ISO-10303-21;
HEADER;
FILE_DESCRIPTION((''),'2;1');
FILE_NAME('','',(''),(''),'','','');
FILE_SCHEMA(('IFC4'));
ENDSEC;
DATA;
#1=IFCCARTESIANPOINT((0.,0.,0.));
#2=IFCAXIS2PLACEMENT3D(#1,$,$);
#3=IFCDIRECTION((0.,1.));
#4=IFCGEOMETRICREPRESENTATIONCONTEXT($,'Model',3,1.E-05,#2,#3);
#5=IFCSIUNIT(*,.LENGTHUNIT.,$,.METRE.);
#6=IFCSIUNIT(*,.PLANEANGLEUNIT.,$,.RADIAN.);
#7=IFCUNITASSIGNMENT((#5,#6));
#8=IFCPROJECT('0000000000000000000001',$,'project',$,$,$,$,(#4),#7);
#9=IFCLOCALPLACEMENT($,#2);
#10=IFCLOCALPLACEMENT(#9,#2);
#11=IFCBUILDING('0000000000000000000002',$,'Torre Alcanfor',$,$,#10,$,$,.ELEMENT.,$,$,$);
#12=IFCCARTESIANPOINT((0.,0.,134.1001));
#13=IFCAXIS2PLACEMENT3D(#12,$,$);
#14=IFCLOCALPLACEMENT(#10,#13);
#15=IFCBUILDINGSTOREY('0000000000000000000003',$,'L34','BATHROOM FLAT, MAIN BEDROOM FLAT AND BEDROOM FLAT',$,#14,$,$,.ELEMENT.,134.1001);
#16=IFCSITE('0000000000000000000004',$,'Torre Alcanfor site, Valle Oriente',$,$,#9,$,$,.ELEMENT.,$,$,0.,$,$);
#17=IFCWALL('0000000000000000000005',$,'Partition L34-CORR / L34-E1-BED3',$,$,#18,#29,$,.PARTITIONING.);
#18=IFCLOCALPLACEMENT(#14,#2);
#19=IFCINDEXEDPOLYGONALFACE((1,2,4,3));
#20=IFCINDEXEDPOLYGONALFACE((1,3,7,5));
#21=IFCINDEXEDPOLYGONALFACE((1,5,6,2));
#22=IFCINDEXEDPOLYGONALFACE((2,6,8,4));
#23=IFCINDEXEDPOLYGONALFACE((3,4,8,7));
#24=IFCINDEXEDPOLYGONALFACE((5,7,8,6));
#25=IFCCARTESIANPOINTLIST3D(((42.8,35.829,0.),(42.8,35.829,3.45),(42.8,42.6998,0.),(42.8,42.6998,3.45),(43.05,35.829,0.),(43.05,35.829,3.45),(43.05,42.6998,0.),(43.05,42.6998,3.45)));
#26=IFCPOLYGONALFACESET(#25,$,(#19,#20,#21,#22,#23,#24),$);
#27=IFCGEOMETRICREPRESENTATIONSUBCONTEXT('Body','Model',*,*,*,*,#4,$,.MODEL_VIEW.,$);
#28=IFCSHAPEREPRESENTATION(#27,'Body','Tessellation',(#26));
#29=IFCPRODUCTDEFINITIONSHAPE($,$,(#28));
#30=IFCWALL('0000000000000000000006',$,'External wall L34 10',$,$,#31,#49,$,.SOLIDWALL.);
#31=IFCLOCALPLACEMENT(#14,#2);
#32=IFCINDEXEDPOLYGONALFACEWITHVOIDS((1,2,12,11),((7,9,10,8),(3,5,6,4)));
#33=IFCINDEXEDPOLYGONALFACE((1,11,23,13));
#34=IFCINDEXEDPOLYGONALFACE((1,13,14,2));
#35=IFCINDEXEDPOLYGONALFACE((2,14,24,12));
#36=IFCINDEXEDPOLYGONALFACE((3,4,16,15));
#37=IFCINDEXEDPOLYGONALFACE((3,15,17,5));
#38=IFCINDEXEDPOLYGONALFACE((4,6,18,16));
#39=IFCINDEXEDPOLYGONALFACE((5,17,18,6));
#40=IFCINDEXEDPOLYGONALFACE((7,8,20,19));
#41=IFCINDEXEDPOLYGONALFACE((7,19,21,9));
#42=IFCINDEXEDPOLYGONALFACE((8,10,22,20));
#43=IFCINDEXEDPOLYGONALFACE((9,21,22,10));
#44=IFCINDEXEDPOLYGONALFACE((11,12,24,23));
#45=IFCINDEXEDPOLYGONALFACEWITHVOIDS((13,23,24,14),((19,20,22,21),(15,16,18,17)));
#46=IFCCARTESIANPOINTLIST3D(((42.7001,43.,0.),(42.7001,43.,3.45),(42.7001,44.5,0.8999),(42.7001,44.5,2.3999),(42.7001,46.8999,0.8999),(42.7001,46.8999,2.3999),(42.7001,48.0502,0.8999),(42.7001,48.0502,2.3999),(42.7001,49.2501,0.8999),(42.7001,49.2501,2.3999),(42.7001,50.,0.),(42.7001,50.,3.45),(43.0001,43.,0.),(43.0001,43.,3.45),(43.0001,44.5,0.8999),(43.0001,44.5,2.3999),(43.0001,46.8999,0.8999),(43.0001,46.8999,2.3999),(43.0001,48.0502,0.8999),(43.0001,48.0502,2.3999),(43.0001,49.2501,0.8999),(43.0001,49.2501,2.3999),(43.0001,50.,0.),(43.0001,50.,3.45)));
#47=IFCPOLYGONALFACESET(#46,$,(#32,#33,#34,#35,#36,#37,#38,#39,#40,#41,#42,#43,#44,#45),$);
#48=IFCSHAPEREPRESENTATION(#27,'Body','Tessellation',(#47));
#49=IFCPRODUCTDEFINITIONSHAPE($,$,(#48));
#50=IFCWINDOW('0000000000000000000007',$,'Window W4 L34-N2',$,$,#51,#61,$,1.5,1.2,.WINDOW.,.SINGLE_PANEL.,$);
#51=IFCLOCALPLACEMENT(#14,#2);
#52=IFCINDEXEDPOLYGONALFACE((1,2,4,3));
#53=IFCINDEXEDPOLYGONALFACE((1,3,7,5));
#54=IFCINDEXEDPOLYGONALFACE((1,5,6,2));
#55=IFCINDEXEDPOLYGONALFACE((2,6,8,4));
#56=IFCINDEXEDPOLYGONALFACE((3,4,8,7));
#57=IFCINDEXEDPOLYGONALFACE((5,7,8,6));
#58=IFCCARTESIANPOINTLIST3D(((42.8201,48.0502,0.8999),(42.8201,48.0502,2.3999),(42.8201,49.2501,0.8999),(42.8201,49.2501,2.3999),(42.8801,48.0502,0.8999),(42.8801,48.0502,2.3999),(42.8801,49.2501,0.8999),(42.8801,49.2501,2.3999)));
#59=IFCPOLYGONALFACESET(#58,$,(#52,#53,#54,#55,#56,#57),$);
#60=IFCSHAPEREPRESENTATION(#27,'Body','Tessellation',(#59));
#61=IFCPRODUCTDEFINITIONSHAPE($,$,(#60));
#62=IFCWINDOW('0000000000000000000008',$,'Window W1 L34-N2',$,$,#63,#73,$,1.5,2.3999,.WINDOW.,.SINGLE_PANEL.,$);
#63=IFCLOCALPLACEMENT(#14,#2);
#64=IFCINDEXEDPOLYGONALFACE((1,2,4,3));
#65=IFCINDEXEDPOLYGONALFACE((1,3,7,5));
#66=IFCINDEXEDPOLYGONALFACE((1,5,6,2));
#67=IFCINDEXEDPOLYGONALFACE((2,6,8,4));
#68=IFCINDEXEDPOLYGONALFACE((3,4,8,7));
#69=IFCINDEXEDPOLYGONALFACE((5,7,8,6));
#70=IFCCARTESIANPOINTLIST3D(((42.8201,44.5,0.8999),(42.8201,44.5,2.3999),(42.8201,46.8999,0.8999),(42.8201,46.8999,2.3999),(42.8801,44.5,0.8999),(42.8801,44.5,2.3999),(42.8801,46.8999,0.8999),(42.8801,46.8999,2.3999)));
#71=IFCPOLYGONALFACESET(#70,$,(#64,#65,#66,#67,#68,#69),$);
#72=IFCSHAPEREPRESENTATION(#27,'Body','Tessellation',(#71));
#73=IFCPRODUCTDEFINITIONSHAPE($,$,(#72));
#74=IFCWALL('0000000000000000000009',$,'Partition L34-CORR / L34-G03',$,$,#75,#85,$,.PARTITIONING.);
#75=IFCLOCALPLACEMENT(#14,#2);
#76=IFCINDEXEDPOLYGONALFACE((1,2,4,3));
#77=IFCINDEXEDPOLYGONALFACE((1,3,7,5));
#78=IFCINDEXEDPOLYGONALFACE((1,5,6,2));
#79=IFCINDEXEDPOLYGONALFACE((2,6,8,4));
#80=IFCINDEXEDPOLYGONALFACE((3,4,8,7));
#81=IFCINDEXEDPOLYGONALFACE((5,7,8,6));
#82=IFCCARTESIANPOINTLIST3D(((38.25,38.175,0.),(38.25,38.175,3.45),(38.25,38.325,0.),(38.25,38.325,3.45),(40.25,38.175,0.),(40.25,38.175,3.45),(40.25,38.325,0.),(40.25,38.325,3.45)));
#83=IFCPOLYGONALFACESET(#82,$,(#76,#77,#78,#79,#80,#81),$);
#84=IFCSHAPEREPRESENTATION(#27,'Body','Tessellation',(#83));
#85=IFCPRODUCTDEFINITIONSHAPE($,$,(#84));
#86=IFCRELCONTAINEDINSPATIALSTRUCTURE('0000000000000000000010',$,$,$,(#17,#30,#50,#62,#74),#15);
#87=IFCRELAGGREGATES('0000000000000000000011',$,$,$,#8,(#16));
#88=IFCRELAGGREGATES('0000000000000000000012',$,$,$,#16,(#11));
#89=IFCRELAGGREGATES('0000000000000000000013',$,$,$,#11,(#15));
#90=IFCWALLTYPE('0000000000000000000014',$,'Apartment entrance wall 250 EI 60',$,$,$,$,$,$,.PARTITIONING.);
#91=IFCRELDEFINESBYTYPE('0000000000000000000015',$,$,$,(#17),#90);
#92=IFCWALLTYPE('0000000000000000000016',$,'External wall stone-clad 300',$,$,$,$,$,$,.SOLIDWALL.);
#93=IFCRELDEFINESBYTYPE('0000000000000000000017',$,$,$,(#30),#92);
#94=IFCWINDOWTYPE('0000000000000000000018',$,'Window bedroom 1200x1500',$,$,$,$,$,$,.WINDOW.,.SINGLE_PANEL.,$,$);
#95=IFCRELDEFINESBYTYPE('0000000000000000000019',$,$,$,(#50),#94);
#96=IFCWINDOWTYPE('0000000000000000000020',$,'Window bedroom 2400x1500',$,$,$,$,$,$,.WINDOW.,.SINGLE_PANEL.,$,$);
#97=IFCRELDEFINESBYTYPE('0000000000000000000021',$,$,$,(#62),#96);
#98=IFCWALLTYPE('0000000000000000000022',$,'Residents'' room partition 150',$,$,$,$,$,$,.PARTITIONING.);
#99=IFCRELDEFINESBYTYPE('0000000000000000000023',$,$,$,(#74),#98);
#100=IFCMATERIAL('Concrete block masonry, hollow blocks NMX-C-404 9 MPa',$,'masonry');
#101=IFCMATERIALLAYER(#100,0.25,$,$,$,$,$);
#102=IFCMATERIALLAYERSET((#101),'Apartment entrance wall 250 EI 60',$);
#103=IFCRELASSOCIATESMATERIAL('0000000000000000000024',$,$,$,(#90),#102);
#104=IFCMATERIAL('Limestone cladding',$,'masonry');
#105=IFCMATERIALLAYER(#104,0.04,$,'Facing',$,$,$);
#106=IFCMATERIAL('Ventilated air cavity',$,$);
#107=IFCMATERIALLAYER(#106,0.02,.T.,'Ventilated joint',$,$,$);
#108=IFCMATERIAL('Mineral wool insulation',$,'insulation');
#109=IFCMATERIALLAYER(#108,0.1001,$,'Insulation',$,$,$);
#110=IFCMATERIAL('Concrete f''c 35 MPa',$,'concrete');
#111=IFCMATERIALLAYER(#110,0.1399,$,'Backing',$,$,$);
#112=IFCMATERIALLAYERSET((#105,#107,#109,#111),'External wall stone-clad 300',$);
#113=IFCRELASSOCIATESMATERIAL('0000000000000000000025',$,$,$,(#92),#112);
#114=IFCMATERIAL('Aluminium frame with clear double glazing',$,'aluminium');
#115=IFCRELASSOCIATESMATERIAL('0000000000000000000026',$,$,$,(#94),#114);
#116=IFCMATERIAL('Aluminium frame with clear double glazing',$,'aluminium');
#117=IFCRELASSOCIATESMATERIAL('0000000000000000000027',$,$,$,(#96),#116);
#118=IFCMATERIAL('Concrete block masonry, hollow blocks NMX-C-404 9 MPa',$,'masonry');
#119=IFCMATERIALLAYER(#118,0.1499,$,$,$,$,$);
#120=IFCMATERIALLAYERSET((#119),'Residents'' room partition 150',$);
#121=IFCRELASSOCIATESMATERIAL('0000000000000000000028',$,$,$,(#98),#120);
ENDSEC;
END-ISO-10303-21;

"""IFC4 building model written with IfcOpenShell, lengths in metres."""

from ifc_helpers import new_model, si_unit, direction, frame, frame_2d, origin, place, context, subcontext, project, spatial, rectangle, extrude, material, layer, layer_set, type_object, element, fill, save


model = new_model("IFC4")

# Units and contexts
model_context = context("Model", 3, precision=1e-05, world=origin(), true_north=direction((0.0, 1.0)))
body_context = subcontext(model_context, "Body", "Model", "MODEL_VIEW")
ifc_project = project(units=[si_unit("LENGTHUNIT", "METRE"), si_unit("PLANEANGLEUNIT", "RADIAN")], contexts=[model_context])

# Site, building, storey
site_placement = place(None, origin())
site = spatial("IfcSite", under=ifc_project, at=site_placement, Name="Torre Alcanfor site, Valle Oriente", CompositionType="ELEMENT", RefElevation=0.0)
building_placement = place(site_placement, origin())
building = spatial("IfcBuilding", under=site, at=building_placement, Name="Torre Alcanfor", CompositionType="ELEMENT")
storey_placement = place(building_placement, frame((0.0, 0.0, 134.1001)))
storey = spatial("IfcBuildingStorey", under=building, at=storey_placement, Name="L34", Description="BATHROOM FLAT, MAIN BEDROOM FLAT AND BEDROOM FLAT", CompositionType="ELEMENT", Elevation=134.1001)

# Wall
ifc_material_1 = material(Name="Concrete block masonry, hollow blocks NMX-C-404 9 MPa", Category="masonry")
ifc_layer_1 = layer(ifc_material_1, 0.25)
ifc_layer_set_1 = layer_set([ifc_layer_1], Name="Apartment entrance wall 250 EI 60")
wall_type_1 = type_object("IfcWallType", Name="Apartment entrance wall 250 EI 60", PredefinedType="PARTITIONING", material=ifc_layer_set_1)
wall_1_placement = place(storey_placement, frame((42.925, 42.7, 0.0), z_axis=(0.0, 0.0, 1.0), x_axis=(0.0, -1.0, 0.0)))
element("IfcWall", 1, at=wall_1_placement, inside=storey, type_object=wall_type_1, Name="Partition L34-CORR / L34-E1-BED3", PredefinedType="PARTITIONING", context=body_context, shape_type="SweptSolid", body=[
    extrude(rectangle(XDim=6.8708, YDim=0.25, at=frame_2d((3.4355, 0.0))), origin(), (0.0, 0.0, 1.0), 3.45),
])

# Wall, openings, windows
ifc_material_2 = material(Name="Limestone cladding", Category="masonry")
ifc_layer_2 = layer(ifc_material_2, 0.04, Name="Facing")
ifc_material_3 = material(Name="Ventilated air cavity")
ifc_layer_3 = layer(ifc_material_3, 0.02, ventilated=True, Name="Ventilated joint")
ifc_material_4 = material(Name="Mineral wool insulation", Category="insulation")
ifc_layer_4 = layer(ifc_material_4, 0.1001, Name="Insulation")
ifc_material_5 = material(Name="Concrete f'c 35 MPa", Category="concrete")
ifc_layer_5 = layer(ifc_material_5, 0.1399, Name="Backing")
ifc_layer_set_2 = layer_set([ifc_layer_2, ifc_layer_3, ifc_layer_4, ifc_layer_5], Name="External wall stone-clad 300")
wall_type_2 = type_object("IfcWallType", Name="External wall stone-clad 300", PredefinedType="SOLIDWALL", material=ifc_layer_set_2)
wall_2_placement = place(storey_placement, frame((42.8501, 43.0, 0.0), z_axis=(0.0, 0.0, 1.0), x_axis=(0.0, 1.0, 0.0)))
wall_2 = element("IfcWall", 2, at=wall_2_placement, inside=storey, type_object=wall_type_2, Name="External wall L34 10", PredefinedType="SOLIDWALL", context=body_context, shape_type="SweptSolid", body=[
    extrude(rectangle(XDim=7.0, YDim=0.3, at=frame_2d((3.5, 0.0))), origin(), (0.0, 0.0, 1.0), 3.45),
])
opening_1_placement = place(wall_2_placement, frame((1.5, 0.0, 0.8999)))
opening_1 = element("IfcOpeningElement", 3, at=opening_1_placement, cuts=wall_2, PredefinedType="OPENING", context=body_context, shape_type="SweptSolid", body=[
    extrude(rectangle(XDim=2.3999, YDim=1.5, at=frame_2d((1.2, 0.75))), frame((0.0, 0.1599, 0.0), z_axis=(0.0, -1.0, 0.0), x_axis=(1.0, 0.0, 0.0)), (0.0, 0.0, 1.0), 0.3201),
])
opening_2_placement = place(wall_2_placement, frame((5.05, 0.0, 0.8999)))
opening_2 = element("IfcOpeningElement", 4, at=opening_2_placement, cuts=wall_2, PredefinedType="OPENING", context=body_context, shape_type="SweptSolid", body=[
    extrude(rectangle(XDim=1.2, YDim=1.5, at=frame_2d((0.6001, 0.75))), frame((0.0, 0.1599, 0.0), z_axis=(0.0, -1.0, 0.0), x_axis=(1.0, 0.0, 0.0)), (0.0, 0.0, 1.0), 0.3201),
])
ifc_material_6 = material(Name="Aluminium frame with clear double glazing", Category="aluminium")
window_type_1 = type_object("IfcWindowType", Name="Window bedroom 1200x1500", PartitioningType="SINGLE_PANEL", PredefinedType="WINDOW", material=ifc_material_6)
window_1_placement = place(opening_2_placement, origin())
window_1 = element("IfcWindow", 5, at=window_1_placement, inside=storey, type_object=window_type_1, Name="Window W4 L34-N2", OverallHeight=1.5, OverallWidth=1.2, PartitioningType="SINGLE_PANEL", PredefinedType="WINDOW", context=body_context, shape_type="SweptSolid", body=[
    extrude(rectangle(XDim=1.2, YDim=1.5, at=frame_2d((0.6001, 0.75))), frame((0.0, 0.03, 0.0), z_axis=(0.0, -1.0, 0.0), x_axis=(1.0, 0.0, 0.0)), (0.0, 0.0, 1.0), 0.0601),
])
fill(opening_2, window_1)
ifc_material_7 = material(Name="Aluminium frame with clear double glazing", Category="aluminium")
window_type_2 = type_object("IfcWindowType", Name="Window bedroom 2400x1500", PartitioningType="SINGLE_PANEL", PredefinedType="WINDOW", material=ifc_material_7)
window_2_placement = place(opening_1_placement, origin())
window_2 = element("IfcWindow", 6, at=window_2_placement, inside=storey, type_object=window_type_2, Name="Window W1 L34-N2", OverallHeight=1.5, OverallWidth=2.3999, PartitioningType="SINGLE_PANEL", PredefinedType="WINDOW", context=body_context, shape_type="SweptSolid", body=[
    extrude(rectangle(XDim=2.3999, YDim=1.5, at=frame_2d((1.2, 0.75))), frame((0.0, 0.03, 0.0), z_axis=(0.0, -1.0, 0.0), x_axis=(1.0, 0.0, 0.0)), (0.0, 0.0, 1.0), 0.0601),
])
fill(opening_1, window_2)

# Wall
ifc_material_8 = material(Name="Concrete block masonry, hollow blocks NMX-C-404 9 MPa", Category="masonry")
ifc_layer_6 = layer(ifc_material_8, 0.1499)
ifc_layer_set_3 = layer_set([ifc_layer_6], Name="Residents' room partition 150")
wall_type_3 = type_object("IfcWallType", Name="Residents' room partition 150", PredefinedType="PARTITIONING", material=ifc_layer_set_3)
wall_3_placement = place(storey_placement, frame((40.25, 38.25, 0.0), z_axis=(0.0, 0.0, 1.0), x_axis=(-1.0, 0.0, 0.0)))
element("IfcWall", 7, at=wall_3_placement, inside=storey, type_object=wall_type_3, Name="Partition L34-CORR / L34-G03", PredefinedType="PARTITIONING", context=body_context, shape_type="SweptSolid", body=[
    extrude(rectangle(XDim=2.0, YDim=0.1499, at=frame_2d((1.0, 0.0))), origin(), (0.0, 0.0, 1.0), 3.45),
])

save(model, "model.ifc")
